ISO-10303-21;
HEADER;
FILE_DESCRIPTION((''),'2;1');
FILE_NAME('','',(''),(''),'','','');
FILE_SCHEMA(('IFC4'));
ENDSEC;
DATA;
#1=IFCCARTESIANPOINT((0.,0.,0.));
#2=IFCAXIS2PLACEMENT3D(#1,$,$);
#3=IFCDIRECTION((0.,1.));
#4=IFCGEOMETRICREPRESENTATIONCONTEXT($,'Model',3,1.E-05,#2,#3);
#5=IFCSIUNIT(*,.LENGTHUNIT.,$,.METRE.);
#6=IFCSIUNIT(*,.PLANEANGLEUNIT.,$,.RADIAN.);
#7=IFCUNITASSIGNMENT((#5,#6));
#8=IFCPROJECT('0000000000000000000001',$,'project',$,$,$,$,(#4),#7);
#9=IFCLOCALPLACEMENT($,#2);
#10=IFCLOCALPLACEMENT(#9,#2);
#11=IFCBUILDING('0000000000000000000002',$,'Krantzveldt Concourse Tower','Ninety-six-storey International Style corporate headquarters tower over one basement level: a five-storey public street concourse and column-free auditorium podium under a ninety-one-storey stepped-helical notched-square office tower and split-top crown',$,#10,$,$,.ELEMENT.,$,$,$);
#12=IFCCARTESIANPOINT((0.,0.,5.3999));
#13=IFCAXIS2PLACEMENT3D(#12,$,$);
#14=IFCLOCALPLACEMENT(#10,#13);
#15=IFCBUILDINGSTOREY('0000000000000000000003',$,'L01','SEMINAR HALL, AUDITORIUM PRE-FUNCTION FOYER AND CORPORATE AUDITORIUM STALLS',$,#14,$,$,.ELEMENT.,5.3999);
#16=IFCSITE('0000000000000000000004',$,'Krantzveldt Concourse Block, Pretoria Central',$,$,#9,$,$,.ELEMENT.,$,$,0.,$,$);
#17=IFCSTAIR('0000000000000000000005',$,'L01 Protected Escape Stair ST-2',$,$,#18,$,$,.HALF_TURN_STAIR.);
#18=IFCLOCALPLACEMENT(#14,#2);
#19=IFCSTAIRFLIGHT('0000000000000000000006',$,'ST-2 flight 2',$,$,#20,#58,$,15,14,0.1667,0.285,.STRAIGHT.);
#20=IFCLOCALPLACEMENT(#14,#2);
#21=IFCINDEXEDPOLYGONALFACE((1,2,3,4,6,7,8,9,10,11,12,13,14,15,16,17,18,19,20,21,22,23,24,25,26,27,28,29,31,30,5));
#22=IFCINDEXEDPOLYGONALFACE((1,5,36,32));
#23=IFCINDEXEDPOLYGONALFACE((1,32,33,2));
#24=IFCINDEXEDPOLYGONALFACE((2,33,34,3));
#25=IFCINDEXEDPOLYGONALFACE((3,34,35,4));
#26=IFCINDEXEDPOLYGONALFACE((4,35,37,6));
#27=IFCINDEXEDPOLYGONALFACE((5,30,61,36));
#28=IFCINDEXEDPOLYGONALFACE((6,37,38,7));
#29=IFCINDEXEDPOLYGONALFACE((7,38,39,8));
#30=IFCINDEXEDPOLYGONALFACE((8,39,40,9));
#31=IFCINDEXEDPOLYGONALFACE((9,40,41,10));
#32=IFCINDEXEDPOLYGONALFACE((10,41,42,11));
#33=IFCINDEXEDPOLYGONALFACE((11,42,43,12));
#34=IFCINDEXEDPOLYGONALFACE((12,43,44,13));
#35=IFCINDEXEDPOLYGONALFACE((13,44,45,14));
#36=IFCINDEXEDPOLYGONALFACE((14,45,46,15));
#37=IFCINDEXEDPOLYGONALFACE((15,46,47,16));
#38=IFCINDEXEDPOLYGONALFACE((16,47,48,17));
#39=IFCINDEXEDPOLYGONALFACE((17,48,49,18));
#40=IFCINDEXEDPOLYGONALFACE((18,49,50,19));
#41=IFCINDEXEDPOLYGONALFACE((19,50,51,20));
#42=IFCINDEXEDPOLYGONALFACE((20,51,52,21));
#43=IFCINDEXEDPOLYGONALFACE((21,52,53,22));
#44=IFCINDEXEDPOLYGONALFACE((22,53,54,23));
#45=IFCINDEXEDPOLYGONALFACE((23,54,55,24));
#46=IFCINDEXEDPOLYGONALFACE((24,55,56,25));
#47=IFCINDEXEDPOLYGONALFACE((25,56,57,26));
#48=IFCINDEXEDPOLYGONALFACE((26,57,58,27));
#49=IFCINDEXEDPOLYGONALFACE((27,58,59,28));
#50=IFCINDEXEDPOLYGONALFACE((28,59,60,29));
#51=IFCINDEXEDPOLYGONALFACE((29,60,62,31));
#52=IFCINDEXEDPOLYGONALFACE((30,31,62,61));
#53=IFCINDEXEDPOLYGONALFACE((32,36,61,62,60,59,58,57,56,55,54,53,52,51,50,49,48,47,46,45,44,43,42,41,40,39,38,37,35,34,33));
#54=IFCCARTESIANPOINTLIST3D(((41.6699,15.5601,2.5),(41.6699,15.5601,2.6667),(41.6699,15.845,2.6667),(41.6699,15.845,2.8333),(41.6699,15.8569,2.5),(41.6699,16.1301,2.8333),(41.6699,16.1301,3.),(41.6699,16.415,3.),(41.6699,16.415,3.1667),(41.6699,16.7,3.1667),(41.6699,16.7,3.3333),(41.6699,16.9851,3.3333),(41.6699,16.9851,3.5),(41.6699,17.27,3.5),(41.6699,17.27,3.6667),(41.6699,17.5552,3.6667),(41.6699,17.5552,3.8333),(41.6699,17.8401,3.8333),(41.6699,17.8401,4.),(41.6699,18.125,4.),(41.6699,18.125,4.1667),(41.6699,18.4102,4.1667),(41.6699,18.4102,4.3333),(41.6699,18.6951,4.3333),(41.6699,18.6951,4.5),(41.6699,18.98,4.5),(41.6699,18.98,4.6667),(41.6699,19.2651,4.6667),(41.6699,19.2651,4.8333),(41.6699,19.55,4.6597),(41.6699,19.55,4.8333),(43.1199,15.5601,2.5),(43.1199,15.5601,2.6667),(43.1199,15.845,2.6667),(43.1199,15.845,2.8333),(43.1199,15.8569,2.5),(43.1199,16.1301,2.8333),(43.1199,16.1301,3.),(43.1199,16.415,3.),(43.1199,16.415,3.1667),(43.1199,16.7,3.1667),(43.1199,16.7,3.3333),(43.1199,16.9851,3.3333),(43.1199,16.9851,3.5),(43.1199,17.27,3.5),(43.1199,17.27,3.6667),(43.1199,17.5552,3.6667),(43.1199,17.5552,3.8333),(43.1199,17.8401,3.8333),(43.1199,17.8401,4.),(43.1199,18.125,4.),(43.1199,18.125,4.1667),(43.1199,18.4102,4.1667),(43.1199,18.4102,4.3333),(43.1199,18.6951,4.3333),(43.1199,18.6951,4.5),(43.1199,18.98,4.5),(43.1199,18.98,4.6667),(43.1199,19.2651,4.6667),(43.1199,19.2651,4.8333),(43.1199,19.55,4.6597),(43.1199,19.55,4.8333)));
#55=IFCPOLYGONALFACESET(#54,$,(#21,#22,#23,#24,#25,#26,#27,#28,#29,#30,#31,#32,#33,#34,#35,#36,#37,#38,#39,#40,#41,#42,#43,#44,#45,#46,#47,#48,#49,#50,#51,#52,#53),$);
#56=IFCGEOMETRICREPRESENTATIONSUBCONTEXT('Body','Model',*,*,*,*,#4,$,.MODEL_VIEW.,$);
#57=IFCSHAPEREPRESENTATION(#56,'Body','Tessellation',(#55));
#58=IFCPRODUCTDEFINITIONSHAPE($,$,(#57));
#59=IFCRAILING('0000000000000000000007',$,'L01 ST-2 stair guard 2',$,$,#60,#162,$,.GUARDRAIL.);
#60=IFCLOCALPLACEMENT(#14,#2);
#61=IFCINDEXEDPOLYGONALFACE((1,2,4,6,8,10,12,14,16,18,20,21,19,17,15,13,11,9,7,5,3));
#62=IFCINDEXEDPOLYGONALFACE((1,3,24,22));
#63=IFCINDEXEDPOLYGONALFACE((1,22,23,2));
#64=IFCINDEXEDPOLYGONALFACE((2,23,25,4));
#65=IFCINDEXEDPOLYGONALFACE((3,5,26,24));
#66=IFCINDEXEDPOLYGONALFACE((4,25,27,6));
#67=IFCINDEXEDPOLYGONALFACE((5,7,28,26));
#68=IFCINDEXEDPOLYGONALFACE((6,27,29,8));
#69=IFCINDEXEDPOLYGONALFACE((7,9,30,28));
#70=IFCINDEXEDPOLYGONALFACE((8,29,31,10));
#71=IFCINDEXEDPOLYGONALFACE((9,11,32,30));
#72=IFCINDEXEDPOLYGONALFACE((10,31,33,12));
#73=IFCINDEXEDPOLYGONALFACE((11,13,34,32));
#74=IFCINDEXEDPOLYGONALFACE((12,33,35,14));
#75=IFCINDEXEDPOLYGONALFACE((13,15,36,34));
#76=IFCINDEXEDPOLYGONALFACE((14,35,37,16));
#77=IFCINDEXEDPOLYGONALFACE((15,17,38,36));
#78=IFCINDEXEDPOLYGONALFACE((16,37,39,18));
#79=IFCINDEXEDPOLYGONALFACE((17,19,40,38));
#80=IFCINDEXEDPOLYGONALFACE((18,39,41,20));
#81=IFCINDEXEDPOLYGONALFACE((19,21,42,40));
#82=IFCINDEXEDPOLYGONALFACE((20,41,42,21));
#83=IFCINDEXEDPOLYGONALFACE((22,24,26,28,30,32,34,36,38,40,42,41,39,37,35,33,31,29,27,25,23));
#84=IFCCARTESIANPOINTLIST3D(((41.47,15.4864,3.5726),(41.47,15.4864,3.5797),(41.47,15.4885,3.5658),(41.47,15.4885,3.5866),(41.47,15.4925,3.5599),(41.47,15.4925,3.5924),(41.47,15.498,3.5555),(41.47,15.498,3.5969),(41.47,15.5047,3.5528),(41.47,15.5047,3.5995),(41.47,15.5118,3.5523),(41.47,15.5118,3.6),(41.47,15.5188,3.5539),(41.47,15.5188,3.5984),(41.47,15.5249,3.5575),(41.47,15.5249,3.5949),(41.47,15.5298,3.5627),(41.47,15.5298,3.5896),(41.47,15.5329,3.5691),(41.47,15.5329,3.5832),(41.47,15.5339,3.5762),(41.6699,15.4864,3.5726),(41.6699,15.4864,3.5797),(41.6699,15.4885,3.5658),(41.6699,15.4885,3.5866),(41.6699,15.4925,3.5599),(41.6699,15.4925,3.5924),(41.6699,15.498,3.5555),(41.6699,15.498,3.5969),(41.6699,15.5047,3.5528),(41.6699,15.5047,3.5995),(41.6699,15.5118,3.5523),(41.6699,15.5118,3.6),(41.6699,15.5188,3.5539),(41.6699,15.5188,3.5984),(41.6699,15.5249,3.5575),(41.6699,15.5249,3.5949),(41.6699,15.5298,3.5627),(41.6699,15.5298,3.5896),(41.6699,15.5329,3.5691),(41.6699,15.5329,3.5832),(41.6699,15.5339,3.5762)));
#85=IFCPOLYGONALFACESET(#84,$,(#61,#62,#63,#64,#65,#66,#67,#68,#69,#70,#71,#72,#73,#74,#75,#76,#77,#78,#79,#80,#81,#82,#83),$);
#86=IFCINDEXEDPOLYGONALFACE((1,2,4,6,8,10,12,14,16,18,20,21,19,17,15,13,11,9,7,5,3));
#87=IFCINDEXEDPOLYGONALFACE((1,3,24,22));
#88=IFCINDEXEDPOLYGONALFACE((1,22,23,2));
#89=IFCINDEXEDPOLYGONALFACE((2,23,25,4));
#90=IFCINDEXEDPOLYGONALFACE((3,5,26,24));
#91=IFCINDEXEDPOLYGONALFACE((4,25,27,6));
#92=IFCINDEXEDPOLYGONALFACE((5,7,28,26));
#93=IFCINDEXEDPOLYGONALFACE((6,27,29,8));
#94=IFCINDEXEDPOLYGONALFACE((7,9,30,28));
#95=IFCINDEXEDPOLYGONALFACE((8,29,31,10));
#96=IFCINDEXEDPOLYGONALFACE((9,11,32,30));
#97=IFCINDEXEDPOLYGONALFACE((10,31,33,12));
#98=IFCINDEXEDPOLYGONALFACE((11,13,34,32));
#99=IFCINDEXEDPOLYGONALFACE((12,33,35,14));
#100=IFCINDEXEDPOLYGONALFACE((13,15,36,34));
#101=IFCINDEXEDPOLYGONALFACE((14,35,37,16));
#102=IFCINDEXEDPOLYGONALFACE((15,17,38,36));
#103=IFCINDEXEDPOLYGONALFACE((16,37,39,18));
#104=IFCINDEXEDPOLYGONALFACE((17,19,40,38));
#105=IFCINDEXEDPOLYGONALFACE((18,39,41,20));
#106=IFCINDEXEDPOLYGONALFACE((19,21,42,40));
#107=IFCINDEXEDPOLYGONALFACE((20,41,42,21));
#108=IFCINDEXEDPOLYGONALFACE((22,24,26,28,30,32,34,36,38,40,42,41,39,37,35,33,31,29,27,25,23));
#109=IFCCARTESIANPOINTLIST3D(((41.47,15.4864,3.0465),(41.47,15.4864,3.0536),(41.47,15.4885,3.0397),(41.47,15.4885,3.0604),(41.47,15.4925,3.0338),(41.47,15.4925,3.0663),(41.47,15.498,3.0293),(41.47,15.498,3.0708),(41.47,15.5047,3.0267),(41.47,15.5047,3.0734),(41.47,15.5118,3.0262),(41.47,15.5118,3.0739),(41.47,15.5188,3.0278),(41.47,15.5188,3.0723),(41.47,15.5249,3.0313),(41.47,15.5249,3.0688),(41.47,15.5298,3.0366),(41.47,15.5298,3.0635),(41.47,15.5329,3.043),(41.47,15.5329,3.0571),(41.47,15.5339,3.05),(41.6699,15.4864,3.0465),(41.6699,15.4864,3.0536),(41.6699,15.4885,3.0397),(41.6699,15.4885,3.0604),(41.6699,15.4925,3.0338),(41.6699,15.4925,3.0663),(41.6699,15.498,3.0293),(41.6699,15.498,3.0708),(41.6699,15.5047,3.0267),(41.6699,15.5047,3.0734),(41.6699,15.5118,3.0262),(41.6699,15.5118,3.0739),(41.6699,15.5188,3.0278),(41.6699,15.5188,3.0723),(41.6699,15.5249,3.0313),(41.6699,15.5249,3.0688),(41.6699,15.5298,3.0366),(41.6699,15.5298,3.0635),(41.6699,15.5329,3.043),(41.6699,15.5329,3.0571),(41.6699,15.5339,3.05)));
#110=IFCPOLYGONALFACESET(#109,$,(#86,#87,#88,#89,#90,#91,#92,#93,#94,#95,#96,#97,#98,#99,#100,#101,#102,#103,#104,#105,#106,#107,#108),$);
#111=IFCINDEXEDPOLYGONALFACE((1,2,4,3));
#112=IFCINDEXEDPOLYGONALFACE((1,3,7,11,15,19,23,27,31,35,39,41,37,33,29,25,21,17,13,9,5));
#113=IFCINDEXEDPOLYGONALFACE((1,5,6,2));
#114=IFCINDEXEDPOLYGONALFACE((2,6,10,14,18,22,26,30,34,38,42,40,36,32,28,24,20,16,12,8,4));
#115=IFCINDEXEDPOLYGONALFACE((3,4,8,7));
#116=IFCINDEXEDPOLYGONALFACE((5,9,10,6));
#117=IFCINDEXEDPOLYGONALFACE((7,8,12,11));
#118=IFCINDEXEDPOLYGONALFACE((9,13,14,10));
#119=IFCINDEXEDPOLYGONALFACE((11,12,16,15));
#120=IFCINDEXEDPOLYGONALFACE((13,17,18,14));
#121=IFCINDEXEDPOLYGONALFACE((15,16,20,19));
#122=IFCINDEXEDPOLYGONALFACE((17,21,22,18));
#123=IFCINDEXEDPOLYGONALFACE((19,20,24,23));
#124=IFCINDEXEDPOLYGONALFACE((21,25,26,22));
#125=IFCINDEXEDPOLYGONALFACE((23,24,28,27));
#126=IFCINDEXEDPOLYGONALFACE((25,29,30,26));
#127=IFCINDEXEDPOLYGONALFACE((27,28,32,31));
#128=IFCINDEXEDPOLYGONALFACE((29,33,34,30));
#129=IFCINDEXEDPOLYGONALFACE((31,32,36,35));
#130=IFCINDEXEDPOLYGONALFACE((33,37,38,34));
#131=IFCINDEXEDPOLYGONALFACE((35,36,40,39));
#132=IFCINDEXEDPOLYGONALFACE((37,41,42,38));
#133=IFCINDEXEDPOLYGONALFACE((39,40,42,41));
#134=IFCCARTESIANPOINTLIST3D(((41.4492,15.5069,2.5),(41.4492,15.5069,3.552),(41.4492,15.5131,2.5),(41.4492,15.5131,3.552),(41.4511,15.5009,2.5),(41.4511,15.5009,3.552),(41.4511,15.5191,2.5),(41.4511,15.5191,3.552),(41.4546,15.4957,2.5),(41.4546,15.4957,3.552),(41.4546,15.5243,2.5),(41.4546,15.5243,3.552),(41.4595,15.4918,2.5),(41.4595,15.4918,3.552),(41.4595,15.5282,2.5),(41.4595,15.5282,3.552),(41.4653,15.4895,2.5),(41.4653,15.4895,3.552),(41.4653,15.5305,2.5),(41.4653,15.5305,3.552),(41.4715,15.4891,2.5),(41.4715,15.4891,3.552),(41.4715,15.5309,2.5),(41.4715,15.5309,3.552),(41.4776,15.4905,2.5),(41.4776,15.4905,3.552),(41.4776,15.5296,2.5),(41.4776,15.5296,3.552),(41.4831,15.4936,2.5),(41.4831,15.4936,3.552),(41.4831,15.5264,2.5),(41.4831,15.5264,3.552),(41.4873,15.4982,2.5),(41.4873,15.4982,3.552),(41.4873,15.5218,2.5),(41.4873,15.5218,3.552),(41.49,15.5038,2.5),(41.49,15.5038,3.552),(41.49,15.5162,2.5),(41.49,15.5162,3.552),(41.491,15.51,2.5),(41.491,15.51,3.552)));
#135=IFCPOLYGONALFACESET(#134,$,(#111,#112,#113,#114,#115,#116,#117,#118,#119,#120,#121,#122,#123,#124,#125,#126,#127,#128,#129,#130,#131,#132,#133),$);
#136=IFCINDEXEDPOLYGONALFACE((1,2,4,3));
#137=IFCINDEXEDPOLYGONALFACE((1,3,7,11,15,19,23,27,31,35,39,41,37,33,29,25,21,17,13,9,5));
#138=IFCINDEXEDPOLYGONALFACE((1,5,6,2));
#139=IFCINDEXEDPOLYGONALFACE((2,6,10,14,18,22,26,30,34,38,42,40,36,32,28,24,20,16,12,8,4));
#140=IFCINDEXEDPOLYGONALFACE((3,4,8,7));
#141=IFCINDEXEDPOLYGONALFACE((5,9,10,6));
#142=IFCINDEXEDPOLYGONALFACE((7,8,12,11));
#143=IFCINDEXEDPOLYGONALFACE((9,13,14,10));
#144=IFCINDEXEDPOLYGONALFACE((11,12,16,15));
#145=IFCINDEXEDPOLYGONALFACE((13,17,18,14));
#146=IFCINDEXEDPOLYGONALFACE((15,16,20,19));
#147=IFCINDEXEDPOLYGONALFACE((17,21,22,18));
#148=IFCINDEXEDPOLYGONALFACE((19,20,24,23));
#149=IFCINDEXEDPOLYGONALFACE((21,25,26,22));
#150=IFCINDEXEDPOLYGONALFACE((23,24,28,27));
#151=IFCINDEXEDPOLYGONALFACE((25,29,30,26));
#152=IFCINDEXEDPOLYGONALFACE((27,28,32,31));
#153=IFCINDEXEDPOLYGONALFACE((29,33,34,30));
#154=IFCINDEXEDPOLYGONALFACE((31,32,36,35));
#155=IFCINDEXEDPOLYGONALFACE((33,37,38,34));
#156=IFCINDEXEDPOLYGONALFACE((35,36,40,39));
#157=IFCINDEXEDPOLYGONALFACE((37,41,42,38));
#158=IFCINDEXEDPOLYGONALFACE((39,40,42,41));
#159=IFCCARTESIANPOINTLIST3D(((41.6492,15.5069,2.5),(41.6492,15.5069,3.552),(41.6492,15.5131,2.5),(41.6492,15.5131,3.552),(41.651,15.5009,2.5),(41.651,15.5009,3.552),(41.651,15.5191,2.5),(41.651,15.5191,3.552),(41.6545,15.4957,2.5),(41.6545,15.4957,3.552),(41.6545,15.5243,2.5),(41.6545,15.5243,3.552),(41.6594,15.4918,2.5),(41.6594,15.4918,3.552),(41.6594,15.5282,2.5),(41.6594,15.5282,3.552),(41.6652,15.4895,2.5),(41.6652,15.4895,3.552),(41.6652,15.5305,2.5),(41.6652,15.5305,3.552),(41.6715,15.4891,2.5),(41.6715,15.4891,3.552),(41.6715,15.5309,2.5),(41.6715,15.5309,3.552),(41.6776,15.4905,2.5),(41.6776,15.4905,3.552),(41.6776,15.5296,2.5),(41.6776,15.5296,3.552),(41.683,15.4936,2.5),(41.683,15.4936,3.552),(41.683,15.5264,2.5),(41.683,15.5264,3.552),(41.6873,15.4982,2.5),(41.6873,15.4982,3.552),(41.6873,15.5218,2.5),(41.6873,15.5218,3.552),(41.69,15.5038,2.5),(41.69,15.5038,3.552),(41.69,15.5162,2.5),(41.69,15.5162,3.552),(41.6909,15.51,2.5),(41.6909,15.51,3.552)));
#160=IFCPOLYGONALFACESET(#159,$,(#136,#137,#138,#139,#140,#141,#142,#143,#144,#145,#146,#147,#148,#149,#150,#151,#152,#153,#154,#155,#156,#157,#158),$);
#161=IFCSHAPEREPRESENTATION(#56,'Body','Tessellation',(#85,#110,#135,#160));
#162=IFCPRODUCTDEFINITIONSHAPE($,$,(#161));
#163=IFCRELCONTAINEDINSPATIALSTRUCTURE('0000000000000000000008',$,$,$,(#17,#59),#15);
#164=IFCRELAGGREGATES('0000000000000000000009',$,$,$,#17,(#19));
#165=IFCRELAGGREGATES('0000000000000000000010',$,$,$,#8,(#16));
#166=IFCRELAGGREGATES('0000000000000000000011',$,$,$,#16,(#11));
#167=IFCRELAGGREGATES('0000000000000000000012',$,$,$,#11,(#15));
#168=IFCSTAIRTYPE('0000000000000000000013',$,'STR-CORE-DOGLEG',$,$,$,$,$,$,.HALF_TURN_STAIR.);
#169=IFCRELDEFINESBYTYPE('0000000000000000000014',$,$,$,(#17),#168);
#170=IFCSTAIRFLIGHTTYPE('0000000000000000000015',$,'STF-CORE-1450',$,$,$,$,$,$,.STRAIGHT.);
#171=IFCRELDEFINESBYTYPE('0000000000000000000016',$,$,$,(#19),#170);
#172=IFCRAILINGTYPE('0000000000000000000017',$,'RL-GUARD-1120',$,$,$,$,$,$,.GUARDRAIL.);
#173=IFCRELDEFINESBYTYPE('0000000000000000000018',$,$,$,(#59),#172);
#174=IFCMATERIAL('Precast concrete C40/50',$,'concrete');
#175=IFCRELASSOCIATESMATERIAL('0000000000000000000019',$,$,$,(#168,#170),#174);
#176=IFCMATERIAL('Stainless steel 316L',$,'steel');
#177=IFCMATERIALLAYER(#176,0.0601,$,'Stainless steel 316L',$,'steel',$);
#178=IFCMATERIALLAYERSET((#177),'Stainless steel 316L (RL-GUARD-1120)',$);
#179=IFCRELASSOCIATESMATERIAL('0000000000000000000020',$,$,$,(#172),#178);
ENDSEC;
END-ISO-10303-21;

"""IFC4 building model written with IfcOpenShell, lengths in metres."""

from ifc_helpers import new_model, si_unit, direction, frame, origin, origin_2d, place, context, subcontext, project, spatial, polyline, circle, outline, extrude, material, layer, layer_set, type_object, element, aggregate, save


model = new_model("IFC4")

# Units and contexts
model_context = context("Model", 3, precision=1e-05, world=origin(), true_north=direction((0.0, 1.0)))
body_context = subcontext(model_context, "Body", "Model", "MODEL_VIEW")
ifc_project = project(units=[si_unit("LENGTHUNIT", "METRE"), si_unit("PLANEANGLEUNIT", "RADIAN")], contexts=[model_context])

# Site, building, storey
site_placement = place(None, origin())
site = spatial("IfcSite", under=ifc_project, at=site_placement, Name="Krantzveldt Concourse Block, Pretoria Central", CompositionType="ELEMENT", RefElevation=0.0)
building_placement = place(site_placement, origin())
building = spatial("IfcBuilding", under=site, at=building_placement, Name="Krantzveldt Concourse Tower", Description="Ninety-six-storey International Style corporate headquarters tower over one basement level: a five-storey public street concourse and column-free auditorium podium under a ninety-one-storey stepped-helical notched-square office tower and split-top crown", CompositionType="ELEMENT")
storey_placement = place(building_placement, frame((0.0, 0.0, 5.3999)))
storey = spatial("IfcBuildingStorey", under=building, at=storey_placement, Name="L01", Description="SEMINAR HALL, AUDITORIUM PRE-FUNCTION FOYER AND CORPORATE AUDITORIUM STALLS", CompositionType="ELEMENT", Elevation=5.3999)

# Shared definitions
ifc_material_1 = material(Name="Stainless steel 316L", Category="steel")

# Stair, stair flight
ifc_material_2 = material(Name="Precast concrete C40/50", Category="concrete")
stair_type = type_object("IfcStairType", Name="STR-CORE-DOGLEG", PredefinedType="HALF_TURN_STAIR", material=ifc_material_2)
stair_placement = place(storey_placement, origin())
stair = element("IfcStair", 1, at=stair_placement, inside=storey, type_object=stair_type, Name="L01 Protected Escape Stair ST-2", PredefinedType="HALF_TURN_STAIR")
stair_flight_type = type_object("IfcStairFlightType", Name="STF-CORE-1450", PredefinedType="STRAIGHT", material=ifc_material_2)
stair_flight_placement = place(storey_placement, frame((42.395, 15.5601, 2.5), z_axis=(0.0, 0.0, 1.0), x_axis=(0.0, 1.0, 0.0)))
stair_flight = element("IfcStairFlight", 2, at=stair_flight_placement, type_object=stair_flight_type, Name="ST-2 flight 2", NumberOfRisers=15, NumberOfTreads=14, PredefinedType="STRAIGHT", RiserHeight=0.1667, TreadLength=0.285, context=body_context, shape_type="SweptSolid", body=[
    extrude(outline(polyline([(0.0, 0.0), (0.0, 0.1667), (0.2849, 0.1667), (0.2849, 0.3333), (0.5701, 0.3333), (0.5701, 0.5), (0.855, 0.5), (0.855, 0.6667), (1.1399, 0.6667), (1.1399, 0.8333), (1.425, 0.8333), (1.425, 1.0), (1.71, 1.0), (1.71, 1.1667), (1.9951, 1.1667), (1.9951, 1.3333), (2.28, 1.3333), (2.28, 1.5), (2.5649, 1.5), (2.5649, 1.6667), (2.8501, 1.6667), (2.8501, 1.8333), (3.135, 1.8333), (3.135, 2.0), (3.4199, 2.0), (3.4199, 2.1667), (3.7051, 2.1667), (3.7051, 2.3333), (3.99, 2.3333), (3.99, 2.5), (3.99, 2.1597), (0.2969, 0.0), (0.0, 0.0)])), frame((0.0, 0.7251, 0.0), z_axis=(0.0, -1.0, 0.0), x_axis=(1.0, 0.0, 0.0)), (0.0, 0.0, 1.0), 1.45),
])
aggregate(stair, [stair_flight])

# Railing
ifc_layer_1 = layer(ifc_material_1, 0.0601, Name="Stainless steel 316L", Category="steel")
ifc_layer_set_1 = layer_set([ifc_layer_1], Name="Stainless steel 316L (RL-GUARD-1120)")
railing_type_1 = type_object("IfcRailingType", Name="RL-GUARD-1120", PredefinedType="GUARDRAIL", material=ifc_layer_set_1)
railing_1_placement = place(storey_placement, frame((41.47, 15.51, 2.5)))
element("IfcRailing", 3, at=railing_1_placement, inside=storey, type_object=railing_type_1, Name="L01 ST-2 stair guard 2", PredefinedType="GUARDRAIL", context=body_context, shape_type="SweptSolid", body=[
    extrude(circle(Radius=0.0239, at=origin_2d()), frame((0.0, 0.0, 1.0762), z_axis=(1.0, 0.0, 0.0), x_axis=(0.0, 1.0, 0.0)), (0.0, 0.0, 1.0), 0.2),
    extrude(circle(Radius=0.0239, at=origin_2d()), frame((0.0, 0.0, 0.55), z_axis=(1.0, 0.0, 0.0), x_axis=(0.0, 1.0, 0.0)), (0.0, 0.0, 1.0), 0.2),
    extrude(circle(Radius=0.021, at=origin_2d()), origin(), (0.0, 0.0, 1.0), 1.052),
    extrude(circle(Radius=0.021, at=origin_2d()), frame((0.2, 0.0, 0.0)), (0.0, 0.0, 1.0), 1.052),
])

save(model, "model.ifc")
